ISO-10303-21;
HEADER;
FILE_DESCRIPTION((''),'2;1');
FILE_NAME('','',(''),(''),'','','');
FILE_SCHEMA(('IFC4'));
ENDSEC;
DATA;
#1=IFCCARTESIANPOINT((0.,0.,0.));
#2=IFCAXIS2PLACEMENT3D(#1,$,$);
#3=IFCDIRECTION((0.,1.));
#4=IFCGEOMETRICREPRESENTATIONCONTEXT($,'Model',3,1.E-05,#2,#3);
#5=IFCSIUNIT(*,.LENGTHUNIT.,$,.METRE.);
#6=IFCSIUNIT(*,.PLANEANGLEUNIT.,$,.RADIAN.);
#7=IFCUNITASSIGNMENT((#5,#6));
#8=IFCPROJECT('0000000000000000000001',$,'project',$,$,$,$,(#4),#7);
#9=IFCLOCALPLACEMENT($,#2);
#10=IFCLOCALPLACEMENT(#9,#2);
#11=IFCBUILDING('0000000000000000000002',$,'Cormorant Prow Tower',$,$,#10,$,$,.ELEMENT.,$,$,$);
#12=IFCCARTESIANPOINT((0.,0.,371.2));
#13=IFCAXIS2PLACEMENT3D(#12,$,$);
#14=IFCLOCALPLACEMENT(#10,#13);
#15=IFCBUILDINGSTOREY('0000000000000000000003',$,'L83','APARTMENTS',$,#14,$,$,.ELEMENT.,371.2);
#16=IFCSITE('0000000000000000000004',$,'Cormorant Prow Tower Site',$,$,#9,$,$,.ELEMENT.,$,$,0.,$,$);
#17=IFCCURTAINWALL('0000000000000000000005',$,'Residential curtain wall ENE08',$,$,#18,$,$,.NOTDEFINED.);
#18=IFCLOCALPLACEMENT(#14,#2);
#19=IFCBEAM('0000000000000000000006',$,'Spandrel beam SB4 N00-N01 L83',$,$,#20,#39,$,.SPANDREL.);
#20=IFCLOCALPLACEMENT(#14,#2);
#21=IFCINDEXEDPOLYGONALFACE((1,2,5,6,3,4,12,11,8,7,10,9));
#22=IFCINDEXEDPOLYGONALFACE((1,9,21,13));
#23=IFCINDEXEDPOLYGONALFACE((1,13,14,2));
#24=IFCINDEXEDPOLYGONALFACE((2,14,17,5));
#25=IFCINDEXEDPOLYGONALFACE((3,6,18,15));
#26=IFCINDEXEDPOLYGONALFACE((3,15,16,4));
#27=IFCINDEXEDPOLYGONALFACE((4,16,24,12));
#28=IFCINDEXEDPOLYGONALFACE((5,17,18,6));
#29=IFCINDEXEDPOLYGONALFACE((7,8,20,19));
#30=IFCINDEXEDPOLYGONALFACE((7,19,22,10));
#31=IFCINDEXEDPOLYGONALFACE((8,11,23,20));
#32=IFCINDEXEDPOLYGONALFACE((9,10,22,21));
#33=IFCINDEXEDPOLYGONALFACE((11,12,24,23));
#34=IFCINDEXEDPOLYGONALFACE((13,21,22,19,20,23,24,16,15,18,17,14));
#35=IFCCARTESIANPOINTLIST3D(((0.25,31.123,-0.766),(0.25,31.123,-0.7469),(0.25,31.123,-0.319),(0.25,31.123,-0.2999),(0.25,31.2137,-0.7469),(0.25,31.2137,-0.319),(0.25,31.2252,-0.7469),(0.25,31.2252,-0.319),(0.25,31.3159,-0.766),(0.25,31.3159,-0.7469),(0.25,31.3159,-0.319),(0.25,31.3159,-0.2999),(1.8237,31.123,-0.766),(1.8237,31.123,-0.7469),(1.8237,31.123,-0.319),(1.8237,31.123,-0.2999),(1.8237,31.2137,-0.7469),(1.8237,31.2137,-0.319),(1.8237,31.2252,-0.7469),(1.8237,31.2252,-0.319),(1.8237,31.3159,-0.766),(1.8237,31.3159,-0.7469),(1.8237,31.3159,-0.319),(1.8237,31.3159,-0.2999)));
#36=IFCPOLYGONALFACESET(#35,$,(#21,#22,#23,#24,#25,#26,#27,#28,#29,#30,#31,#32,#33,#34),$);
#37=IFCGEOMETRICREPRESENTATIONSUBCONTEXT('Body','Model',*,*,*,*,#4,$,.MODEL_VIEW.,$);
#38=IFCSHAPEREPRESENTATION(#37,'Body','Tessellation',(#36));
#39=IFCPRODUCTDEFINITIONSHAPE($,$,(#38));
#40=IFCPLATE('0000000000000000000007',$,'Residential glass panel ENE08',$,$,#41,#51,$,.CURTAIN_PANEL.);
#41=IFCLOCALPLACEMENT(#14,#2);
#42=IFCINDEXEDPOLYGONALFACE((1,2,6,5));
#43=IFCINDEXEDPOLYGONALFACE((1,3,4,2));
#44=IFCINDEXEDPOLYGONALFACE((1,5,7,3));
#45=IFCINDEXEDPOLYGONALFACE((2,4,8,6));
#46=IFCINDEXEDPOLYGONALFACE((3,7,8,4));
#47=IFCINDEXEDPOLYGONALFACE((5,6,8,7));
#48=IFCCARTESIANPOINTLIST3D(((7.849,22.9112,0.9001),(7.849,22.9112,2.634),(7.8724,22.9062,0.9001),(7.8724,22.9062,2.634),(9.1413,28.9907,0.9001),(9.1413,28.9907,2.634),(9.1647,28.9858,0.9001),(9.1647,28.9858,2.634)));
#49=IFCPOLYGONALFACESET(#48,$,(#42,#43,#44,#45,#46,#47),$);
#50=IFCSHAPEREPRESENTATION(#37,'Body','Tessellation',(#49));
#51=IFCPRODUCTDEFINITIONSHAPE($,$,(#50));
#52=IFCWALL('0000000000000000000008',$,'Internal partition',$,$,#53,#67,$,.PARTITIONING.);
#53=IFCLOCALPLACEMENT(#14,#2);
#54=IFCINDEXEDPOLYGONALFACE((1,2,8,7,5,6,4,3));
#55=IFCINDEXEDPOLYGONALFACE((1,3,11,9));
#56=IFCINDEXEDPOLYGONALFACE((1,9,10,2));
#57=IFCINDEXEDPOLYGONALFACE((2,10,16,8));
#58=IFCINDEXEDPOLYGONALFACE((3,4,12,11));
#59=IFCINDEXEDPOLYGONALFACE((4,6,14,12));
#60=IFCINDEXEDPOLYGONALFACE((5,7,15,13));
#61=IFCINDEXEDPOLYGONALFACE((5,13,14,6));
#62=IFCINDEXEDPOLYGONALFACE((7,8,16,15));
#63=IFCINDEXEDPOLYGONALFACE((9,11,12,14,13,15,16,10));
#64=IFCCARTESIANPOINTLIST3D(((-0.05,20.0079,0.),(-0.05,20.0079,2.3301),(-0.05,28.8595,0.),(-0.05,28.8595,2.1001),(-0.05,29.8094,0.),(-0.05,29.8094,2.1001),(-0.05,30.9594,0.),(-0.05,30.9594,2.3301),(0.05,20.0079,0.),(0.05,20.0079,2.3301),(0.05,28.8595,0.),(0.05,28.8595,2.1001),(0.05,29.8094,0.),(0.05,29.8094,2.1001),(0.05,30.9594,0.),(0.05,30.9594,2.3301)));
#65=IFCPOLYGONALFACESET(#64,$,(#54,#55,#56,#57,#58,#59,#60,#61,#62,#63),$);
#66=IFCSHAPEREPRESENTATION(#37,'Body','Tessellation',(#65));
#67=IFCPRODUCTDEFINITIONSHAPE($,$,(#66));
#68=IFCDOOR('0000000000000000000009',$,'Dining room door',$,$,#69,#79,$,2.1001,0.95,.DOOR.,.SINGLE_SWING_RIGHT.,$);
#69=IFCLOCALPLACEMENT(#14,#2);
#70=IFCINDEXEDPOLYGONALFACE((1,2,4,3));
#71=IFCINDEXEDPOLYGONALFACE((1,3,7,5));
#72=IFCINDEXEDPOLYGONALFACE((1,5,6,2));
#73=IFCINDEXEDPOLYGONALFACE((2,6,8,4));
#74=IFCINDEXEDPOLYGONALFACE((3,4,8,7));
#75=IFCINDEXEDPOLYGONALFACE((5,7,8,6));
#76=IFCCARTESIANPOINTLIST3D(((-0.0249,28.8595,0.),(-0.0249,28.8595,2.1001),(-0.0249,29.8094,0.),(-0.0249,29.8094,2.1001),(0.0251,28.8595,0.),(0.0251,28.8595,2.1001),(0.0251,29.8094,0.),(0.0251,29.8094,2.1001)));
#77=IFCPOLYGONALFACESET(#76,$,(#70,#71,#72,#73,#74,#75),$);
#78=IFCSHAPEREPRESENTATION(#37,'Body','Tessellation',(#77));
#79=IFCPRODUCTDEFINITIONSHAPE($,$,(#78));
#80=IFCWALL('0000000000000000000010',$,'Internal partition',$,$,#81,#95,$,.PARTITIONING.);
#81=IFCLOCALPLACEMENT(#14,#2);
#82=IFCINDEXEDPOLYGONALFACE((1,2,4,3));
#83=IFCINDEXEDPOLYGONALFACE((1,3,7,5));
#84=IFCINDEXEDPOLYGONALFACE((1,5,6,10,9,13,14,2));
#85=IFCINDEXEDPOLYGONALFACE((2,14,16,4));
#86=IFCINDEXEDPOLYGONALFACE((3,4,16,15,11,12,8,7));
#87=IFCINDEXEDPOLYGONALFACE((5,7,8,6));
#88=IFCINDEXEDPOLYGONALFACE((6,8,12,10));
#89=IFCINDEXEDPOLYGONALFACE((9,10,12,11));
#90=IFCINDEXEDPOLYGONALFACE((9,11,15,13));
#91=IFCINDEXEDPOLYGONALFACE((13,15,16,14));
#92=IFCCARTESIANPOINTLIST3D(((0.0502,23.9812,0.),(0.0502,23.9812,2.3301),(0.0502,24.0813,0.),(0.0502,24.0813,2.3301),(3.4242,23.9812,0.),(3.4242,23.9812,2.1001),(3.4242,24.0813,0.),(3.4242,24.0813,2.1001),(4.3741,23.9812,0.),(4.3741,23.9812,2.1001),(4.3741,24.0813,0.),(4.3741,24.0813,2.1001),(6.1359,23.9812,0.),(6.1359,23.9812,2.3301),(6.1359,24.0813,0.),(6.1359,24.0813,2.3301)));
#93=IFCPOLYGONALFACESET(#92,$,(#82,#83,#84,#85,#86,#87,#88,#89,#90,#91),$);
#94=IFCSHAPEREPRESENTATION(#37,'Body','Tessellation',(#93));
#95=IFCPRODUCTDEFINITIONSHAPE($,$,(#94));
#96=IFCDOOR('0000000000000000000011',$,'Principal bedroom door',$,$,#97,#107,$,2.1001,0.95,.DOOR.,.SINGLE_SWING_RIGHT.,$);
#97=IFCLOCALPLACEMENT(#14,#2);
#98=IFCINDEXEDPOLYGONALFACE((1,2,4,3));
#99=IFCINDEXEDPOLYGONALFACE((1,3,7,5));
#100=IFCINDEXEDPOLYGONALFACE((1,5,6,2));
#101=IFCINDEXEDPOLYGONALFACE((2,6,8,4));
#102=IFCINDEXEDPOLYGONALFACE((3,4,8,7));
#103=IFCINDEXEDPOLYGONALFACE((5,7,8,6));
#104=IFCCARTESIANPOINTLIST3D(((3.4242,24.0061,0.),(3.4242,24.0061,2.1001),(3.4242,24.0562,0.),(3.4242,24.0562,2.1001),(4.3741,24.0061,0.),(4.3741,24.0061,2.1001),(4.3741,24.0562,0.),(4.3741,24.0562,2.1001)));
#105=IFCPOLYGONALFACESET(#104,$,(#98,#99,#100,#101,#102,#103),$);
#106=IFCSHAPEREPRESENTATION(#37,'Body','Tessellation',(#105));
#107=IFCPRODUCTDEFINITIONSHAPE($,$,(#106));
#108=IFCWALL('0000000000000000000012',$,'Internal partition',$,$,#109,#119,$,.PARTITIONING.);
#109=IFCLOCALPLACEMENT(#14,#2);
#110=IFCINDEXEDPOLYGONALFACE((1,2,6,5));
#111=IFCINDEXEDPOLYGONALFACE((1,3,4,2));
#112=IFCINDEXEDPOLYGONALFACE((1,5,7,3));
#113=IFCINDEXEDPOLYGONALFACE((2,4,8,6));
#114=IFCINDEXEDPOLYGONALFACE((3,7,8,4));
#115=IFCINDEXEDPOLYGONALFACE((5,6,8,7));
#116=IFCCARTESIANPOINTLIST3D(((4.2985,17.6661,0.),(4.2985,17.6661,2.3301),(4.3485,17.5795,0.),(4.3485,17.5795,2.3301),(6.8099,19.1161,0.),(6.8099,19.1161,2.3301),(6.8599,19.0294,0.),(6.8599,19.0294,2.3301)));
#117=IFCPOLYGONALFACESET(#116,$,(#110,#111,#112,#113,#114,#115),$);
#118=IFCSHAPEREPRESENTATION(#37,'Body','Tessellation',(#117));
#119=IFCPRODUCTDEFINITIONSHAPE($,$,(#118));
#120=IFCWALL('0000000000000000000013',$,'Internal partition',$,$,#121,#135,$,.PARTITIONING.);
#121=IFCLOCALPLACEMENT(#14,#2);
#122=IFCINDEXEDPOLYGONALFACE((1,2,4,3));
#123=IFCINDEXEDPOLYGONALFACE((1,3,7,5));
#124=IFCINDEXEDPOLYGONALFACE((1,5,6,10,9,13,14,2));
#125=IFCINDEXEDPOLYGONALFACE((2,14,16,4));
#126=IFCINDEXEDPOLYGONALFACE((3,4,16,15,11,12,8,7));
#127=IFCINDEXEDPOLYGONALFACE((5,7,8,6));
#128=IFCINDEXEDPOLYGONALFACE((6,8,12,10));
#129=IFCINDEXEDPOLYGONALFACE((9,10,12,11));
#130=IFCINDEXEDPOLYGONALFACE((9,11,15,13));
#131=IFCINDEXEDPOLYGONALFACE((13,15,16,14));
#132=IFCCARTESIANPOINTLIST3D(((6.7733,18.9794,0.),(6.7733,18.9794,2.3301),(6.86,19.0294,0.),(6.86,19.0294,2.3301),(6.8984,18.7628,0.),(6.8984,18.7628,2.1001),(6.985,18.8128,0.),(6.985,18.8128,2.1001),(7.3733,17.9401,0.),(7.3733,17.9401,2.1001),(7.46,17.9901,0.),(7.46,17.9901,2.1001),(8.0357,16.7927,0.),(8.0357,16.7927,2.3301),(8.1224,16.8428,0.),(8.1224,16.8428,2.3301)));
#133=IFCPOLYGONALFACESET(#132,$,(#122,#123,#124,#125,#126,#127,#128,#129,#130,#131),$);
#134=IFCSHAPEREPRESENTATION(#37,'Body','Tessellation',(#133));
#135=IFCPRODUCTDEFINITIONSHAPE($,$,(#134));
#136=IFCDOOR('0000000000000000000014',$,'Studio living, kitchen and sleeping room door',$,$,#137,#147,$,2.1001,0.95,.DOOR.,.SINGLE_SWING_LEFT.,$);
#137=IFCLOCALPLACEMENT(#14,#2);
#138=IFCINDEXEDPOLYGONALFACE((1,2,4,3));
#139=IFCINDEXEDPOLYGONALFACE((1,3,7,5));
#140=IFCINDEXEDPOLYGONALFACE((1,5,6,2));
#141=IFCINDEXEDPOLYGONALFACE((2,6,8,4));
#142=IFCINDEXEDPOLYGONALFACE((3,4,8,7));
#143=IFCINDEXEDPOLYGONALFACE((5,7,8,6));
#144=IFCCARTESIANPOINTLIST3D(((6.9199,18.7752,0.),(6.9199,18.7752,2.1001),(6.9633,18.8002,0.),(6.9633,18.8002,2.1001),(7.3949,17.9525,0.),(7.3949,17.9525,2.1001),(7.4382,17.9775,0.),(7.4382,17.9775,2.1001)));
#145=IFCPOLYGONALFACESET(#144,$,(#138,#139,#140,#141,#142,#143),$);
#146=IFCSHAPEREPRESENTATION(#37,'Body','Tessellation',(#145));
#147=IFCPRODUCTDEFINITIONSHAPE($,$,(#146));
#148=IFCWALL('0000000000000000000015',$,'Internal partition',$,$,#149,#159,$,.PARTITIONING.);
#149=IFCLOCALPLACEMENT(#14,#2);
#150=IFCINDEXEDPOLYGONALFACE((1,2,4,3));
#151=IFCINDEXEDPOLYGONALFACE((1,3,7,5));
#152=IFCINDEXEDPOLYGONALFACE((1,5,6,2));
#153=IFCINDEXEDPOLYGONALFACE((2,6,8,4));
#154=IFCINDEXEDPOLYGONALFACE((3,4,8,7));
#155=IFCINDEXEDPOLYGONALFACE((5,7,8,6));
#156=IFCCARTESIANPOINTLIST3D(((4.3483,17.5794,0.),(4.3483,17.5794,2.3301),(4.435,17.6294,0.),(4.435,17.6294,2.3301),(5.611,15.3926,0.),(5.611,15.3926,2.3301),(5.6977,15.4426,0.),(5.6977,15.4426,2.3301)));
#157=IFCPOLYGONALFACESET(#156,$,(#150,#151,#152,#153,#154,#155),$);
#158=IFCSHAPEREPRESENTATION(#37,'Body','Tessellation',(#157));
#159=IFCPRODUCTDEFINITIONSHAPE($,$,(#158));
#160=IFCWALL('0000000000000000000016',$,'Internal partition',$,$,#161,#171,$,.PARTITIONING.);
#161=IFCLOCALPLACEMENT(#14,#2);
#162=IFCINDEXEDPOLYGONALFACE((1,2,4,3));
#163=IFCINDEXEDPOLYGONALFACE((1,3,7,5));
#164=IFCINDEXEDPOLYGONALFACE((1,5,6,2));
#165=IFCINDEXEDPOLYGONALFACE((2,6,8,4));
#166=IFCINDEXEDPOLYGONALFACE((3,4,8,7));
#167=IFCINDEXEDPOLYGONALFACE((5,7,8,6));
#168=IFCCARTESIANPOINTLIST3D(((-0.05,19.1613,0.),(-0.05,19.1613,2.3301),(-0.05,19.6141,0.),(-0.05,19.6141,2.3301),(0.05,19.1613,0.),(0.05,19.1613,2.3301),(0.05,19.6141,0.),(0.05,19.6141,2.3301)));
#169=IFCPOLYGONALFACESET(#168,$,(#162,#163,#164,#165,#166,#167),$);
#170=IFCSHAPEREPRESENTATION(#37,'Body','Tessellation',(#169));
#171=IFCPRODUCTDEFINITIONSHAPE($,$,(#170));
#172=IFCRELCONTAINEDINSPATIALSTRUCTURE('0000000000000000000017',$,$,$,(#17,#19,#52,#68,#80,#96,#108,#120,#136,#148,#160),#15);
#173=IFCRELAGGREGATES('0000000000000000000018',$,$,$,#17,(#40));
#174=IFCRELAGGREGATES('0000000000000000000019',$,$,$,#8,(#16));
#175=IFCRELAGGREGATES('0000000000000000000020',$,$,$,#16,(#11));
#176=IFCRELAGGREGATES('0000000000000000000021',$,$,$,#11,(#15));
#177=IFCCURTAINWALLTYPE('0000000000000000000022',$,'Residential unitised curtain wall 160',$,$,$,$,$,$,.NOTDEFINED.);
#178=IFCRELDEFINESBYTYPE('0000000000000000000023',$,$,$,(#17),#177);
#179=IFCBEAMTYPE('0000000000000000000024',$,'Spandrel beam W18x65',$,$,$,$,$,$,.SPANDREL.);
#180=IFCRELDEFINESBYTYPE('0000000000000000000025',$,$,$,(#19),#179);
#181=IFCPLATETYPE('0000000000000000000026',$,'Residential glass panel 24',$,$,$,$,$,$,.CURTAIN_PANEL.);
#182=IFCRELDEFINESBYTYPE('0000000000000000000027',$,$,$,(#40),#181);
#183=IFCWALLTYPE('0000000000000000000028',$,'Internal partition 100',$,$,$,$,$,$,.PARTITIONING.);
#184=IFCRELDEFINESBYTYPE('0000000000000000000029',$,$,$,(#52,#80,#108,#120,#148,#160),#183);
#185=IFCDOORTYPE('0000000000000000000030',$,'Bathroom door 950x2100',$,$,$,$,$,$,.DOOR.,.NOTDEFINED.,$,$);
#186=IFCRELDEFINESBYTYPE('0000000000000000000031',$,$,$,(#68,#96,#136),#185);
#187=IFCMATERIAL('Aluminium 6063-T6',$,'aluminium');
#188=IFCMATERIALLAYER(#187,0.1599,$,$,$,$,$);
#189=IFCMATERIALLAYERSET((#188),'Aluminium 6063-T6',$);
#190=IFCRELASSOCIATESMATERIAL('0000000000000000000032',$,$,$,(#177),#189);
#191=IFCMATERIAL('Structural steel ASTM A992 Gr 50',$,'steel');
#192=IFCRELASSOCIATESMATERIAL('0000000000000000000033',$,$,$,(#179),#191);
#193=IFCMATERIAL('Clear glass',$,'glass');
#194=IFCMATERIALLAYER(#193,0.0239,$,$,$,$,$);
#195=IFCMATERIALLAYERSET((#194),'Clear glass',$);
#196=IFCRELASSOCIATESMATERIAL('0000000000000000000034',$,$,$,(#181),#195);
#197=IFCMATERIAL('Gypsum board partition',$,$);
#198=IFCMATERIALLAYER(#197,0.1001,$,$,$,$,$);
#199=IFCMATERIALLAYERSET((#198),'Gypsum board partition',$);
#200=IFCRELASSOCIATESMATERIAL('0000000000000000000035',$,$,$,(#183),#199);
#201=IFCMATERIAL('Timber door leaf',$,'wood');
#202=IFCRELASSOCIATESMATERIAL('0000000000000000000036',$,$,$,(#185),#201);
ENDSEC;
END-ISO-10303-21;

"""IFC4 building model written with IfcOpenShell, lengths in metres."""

from ifc_helpers import new_model, si_unit, direction, frame, frame_2d, origin, origin_2d, place, context, subcontext, project, spatial, rectangle, i_section, extrude, material, layer, layer_set, material_profile, profile_set, type_object, element, fill, aggregate, save


model = new_model("IFC4")

# Units and contexts
model_context = context("Model", 3, precision=1e-05, world=origin(), true_north=direction((0.0, 1.0)))
body_context = subcontext(model_context, "Body", "Model", "MODEL_VIEW")
ifc_project = project(units=[si_unit("LENGTHUNIT", "METRE"), si_unit("PLANEANGLEUNIT", "RADIAN")], contexts=[model_context])

# Site, building, storey
site_placement = place(None, origin())
site = spatial("IfcSite", under=ifc_project, at=site_placement, Name="Cormorant Prow Tower Site", CompositionType="ELEMENT", RefElevation=0.0)
building_placement = place(site_placement, origin())
building = spatial("IfcBuilding", under=site, at=building_placement, Name="Cormorant Prow Tower", CompositionType="ELEMENT")
storey_placement = place(building_placement, frame((0.0, 0.0, 371.2)))
storey = spatial("IfcBuildingStorey", under=building, at=storey_placement, Name="L83", Description="APARTMENTS", CompositionType="ELEMENT", Elevation=371.2)

# Curtain wall
ifc_material_1 = material(Name="Aluminium 6063-T6", Category="aluminium")
ifc_layer_1 = layer(ifc_material_1, 0.1599)
ifc_layer_set_1 = layer_set([ifc_layer_1], Name="Aluminium 6063-T6")
curtain_wall_type = type_object("IfcCurtainWallType", Name="Residential unitised curtain wall 160", PredefinedType="NOTDEFINED", material=ifc_layer_set_1)
curtain_wall_placement = place(storey_placement, origin())
curtain_wall = element("IfcCurtainWall", 1, at=curtain_wall_placement, inside=storey, type_object=curtain_wall_type, Name="Residential curtain wall ENE08", PredefinedType="NOTDEFINED")

# Beam
ifc_material_2 = material(Name="Structural steel ASTM A992 Gr 50", Category="steel")
ifc_material_profile_1 = material_profile(ifc_material_2, i_section(OverallWidth=0.1929, OverallDepth=0.4661, WebThickness=0.0115, FlangeThickness=0.019, at=origin_2d()), Name="W18x65")
ifc_profile_set_1 = profile_set([ifc_material_profile_1], Name="Structural steel ASTM A992 Gr 50")
beam_type = type_object("IfcBeamType", Name="Spandrel beam W18x65", PredefinedType="SPANDREL", material=ifc_profile_set_1)
beam_1_placement = place(storey_placement, frame((1.8237, 31.2195, -0.533), z_axis=(-1.0, 0.0, 0.0), x_axis=(0.0, -1.0, 0.0)))
element("IfcBeam", 2, at=beam_1_placement, inside=storey, type_object=beam_type, Name="Spandrel beam SB4 N00-N01 L83", PredefinedType="SPANDREL", context=body_context, shape_type="SweptSolid", body=[
    extrude(i_section(OverallWidth=0.1929, OverallDepth=0.4661, WebThickness=0.0115, FlangeThickness=0.019, at=origin_2d()), origin(), (0.0, 0.0, 1.0), 1.5737),
])

# Plate
ifc_material_3 = material(Name="Clear glass", Category="glass")
ifc_layer_2 = layer(ifc_material_3, 0.0239)
ifc_layer_set_2 = layer_set([ifc_layer_2], Name="Clear glass")
plate_type = type_object("IfcPlateType", Name="Residential glass panel 24", PredefinedType="CURTAIN_PANEL", material=ifc_layer_set_2)
plate_placement = place(storey_placement, frame((8.5068, 25.9485, 0.9001), z_axis=(0.0, 0.0, 1.0), x_axis=(0.207912, 0.978148, 0.0)))
plate = element("IfcPlate", 3, at=plate_placement, type_object=plate_type, Name="Residential glass panel ENE08", PredefinedType="CURTAIN_PANEL", context=body_context, shape_type="SweptSolid", body=[
    extrude(rectangle(XDim=6.2153, YDim=0.0239, at=origin_2d()), origin(), (0.0, 0.0, 1.0), 1.7339),
])
aggregate(curtain_wall, [plate])

# Walls, openings, doors
ifc_material_4 = material(Name="Gypsum board partition")
ifc_layer_3 = layer(ifc_material_4, 0.1001)
ifc_layer_set_3 = layer_set([ifc_layer_3], Name="Gypsum board partition")
wall_type_1 = type_object("IfcWallType", Name="Internal partition 100", PredefinedType="PARTITIONING", material=ifc_layer_set_3)
wall_1_placement = place(storey_placement, frame((0.0, 20.0081, 0.0), z_axis=(0.0, 0.0, 1.0), x_axis=(0.0, 1.0, 0.0)))
wall_1 = element("IfcWall", 4, at=wall_1_placement, inside=storey, type_object=wall_type_1, Name="Internal partition", PredefinedType="PARTITIONING", context=body_context, shape_type="SweptSolid", body=[
    extrude(rectangle(XDim=10.9514, YDim=0.1001, at=frame_2d((5.4756, 0.0))), origin(), (0.0, 0.0, 1.0), 2.3301),
])
opening_1_placement = place(wall_1_placement, frame((8.8513, 0.0, 0.0)))
opening_1 = element("IfcOpeningElement", 5, at=opening_1_placement, cuts=wall_1, PredefinedType="OPENING", context=body_context, shape_type="SweptSolid", body=[
    extrude(rectangle(XDim=0.95, YDim=2.1001, at=frame_2d((0.4751, 1.05))), frame((0.0, 0.0601, 0.0), z_axis=(0.0, -1.0, 0.0), x_axis=(1.0, 0.0, 0.0)), (0.0, 0.0, 1.0), 0.1201),
])
ifc_material_5 = material(Name="Timber door leaf", Category="wood")
door_type_1 = type_object("IfcDoorType", Name="Bathroom door 950x2100", OperationType="NOTDEFINED", PredefinedType="DOOR", material=ifc_material_5)
door_1_placement = place(opening_1_placement, origin())
door_1 = element("IfcDoor", 6, at=door_1_placement, inside=storey, type_object=door_type_1, Name="Dining room door", OperationType="SINGLE_SWING_RIGHT", OverallHeight=2.1001, OverallWidth=0.95, PredefinedType="DOOR", context=body_context, shape_type="SweptSolid", body=[
    extrude(rectangle(XDim=0.95, YDim=2.1001, at=frame_2d((0.4751, 1.05))), frame((0.0, 0.0249, 0.0), z_axis=(0.0, -1.0, 0.0), x_axis=(1.0, 0.0, 0.0)), (0.0, 0.0, 1.0), 0.05),
])
fill(opening_1, door_1)
wall_2_placement = place(storey_placement, frame((0.05, 24.0312, 0.0), z_axis=(0.0, 0.0, 1.0), x_axis=(1.0, 0.0, 0.0)))
wall_2 = element("IfcWall", 7, at=wall_2_placement, inside=storey, type_object=wall_type_1, Name="Internal partition", PredefinedType="PARTITIONING", context=body_context, shape_type="SweptSolid", body=[
    extrude(rectangle(XDim=6.0857, YDim=0.1001, at=frame_2d((3.043, 0.0))), origin(), (0.0, 0.0, 1.0), 2.3301),
])
opening_2_placement = place(wall_2_placement, frame((3.374, 0.0, 0.0)))
opening_2 = element("IfcOpeningElement", 8, at=opening_2_placement, cuts=wall_2, PredefinedType="OPENING", context=body_context, shape_type="SweptSolid", body=[
    extrude(rectangle(XDim=0.95, YDim=2.1001, at=frame_2d((0.4751, 1.05))), frame((0.0, 0.0601, 0.0), z_axis=(0.0, -1.0, 0.0), x_axis=(1.0, 0.0, 0.0)), (0.0, 0.0, 1.0), 0.1201),
])
door_2_placement = place(opening_2_placement, origin())
door_2 = element("IfcDoor", 9, at=door_2_placement, inside=storey, type_object=door_type_1, Name="Principal bedroom door", OperationType="SINGLE_SWING_RIGHT", OverallHeight=2.1001, OverallWidth=0.95, PredefinedType="DOOR", context=body_context, shape_type="SweptSolid", body=[
    extrude(rectangle(XDim=0.95, YDim=2.1001, at=frame_2d((0.4751, 1.05))), frame((0.0, 0.0249, 0.0), z_axis=(0.0, -1.0, 0.0), x_axis=(1.0, 0.0, 0.0)), (0.0, 0.0, 1.0), 0.05),
])
fill(opening_2, door_2)

# Wall
wall_3_placement = place(storey_placement, frame((4.3235, 17.6228, 0.0), z_axis=(0.0, 0.0, 1.0), x_axis=(0.866033, 0.499987, 0.0)))
element("IfcWall", 10, at=wall_3_placement, inside=storey, type_object=wall_type_1, Name="Internal partition", PredefinedType="PARTITIONING", context=body_context, shape_type="SweptSolid", body=[
    extrude(rectangle(XDim=2.8999, YDim=0.1001, at=frame_2d((1.45, 0.0))), origin(), (0.0, 0.0, 1.0), 2.3301),
])

# Wall, opening, door
wall_4_placement = place(storey_placement, frame((6.8167, 19.0044, 0.0), z_axis=(0.0, 0.0, 1.0), x_axis=(0.499976, -0.866039, 0.0)))
wall_4 = element("IfcWall", 11, at=wall_4_placement, inside=storey, type_object=wall_type_1, Name="Internal partition", PredefinedType="PARTITIONING", context=body_context, shape_type="SweptSolid", body=[
    extrude(rectangle(XDim=2.5249, YDim=0.1001, at=frame_2d((1.2625, 0.0))), origin(), (0.0, 0.0, 1.0), 2.3301),
])
opening_3_placement = place(wall_4_placement, frame((0.25, 0.0, 0.0)))
opening_3 = element("IfcOpeningElement", 12, at=opening_3_placement, cuts=wall_4, PredefinedType="OPENING", context=body_context, shape_type="SweptSolid", body=[
    extrude(rectangle(XDim=0.95, YDim=2.1001, at=frame_2d((0.4751, 1.05))), frame((0.0, 0.0601, 0.0), z_axis=(0.0, -1.0, 0.0), x_axis=(1.0, 0.0, 0.0)), (0.0, 0.0, 1.0), 0.1201),
])
door_3_placement = place(opening_3_placement, origin())
door_3 = element("IfcDoor", 13, at=door_3_placement, inside=storey, type_object=door_type_1, Name="Studio living, kitchen and sleeping room door", OperationType="SINGLE_SWING_LEFT", OverallHeight=2.1001, OverallWidth=0.95, PredefinedType="DOOR", context=body_context, shape_type="SweptSolid", body=[
    extrude(rectangle(XDim=0.95, YDim=2.1001, at=frame_2d((0.4751, 1.05))), frame((0.0, 0.0249, 0.0), z_axis=(0.0, -1.0, 0.0), x_axis=(1.0, 0.0, 0.0)), (0.0, 0.0, 1.0), 0.05),
])
fill(opening_3, door_3)

# Walls
wall_5_placement = place(storey_placement, frame((4.3916, 17.6045, 0.0), z_axis=(0.0, 0.0, 1.0), x_axis=(0.500049, -0.865997, 0.0)))
element("IfcWall", 14, at=wall_5_placement, inside=storey, type_object=wall_type_1, Name="Internal partition", PredefinedType="PARTITIONING", context=body_context, shape_type="SweptSolid", body=[
    extrude(rectangle(XDim=2.5251, YDim=0.1001, at=frame_2d((1.2627, 0.0))), origin(), (0.0, 0.0, 1.0), 2.3301),
])
wall_6_placement = place(storey_placement, frame((0.0, 19.1611, 0.0), z_axis=(0.0, 0.0, 1.0), x_axis=(0.0, 1.0, 0.0)))
element("IfcWall", 15, at=wall_6_placement, inside=storey, type_object=wall_type_1, Name="Internal partition", PredefinedType="PARTITIONING", context=body_context, shape_type="SweptSolid", body=[
    extrude(rectangle(XDim=0.4529, YDim=0.1001, at=frame_2d((0.2266, 0.0))), origin(), (0.0, 0.0, 1.0), 2.3301),
])

save(model, "model.ifc")
